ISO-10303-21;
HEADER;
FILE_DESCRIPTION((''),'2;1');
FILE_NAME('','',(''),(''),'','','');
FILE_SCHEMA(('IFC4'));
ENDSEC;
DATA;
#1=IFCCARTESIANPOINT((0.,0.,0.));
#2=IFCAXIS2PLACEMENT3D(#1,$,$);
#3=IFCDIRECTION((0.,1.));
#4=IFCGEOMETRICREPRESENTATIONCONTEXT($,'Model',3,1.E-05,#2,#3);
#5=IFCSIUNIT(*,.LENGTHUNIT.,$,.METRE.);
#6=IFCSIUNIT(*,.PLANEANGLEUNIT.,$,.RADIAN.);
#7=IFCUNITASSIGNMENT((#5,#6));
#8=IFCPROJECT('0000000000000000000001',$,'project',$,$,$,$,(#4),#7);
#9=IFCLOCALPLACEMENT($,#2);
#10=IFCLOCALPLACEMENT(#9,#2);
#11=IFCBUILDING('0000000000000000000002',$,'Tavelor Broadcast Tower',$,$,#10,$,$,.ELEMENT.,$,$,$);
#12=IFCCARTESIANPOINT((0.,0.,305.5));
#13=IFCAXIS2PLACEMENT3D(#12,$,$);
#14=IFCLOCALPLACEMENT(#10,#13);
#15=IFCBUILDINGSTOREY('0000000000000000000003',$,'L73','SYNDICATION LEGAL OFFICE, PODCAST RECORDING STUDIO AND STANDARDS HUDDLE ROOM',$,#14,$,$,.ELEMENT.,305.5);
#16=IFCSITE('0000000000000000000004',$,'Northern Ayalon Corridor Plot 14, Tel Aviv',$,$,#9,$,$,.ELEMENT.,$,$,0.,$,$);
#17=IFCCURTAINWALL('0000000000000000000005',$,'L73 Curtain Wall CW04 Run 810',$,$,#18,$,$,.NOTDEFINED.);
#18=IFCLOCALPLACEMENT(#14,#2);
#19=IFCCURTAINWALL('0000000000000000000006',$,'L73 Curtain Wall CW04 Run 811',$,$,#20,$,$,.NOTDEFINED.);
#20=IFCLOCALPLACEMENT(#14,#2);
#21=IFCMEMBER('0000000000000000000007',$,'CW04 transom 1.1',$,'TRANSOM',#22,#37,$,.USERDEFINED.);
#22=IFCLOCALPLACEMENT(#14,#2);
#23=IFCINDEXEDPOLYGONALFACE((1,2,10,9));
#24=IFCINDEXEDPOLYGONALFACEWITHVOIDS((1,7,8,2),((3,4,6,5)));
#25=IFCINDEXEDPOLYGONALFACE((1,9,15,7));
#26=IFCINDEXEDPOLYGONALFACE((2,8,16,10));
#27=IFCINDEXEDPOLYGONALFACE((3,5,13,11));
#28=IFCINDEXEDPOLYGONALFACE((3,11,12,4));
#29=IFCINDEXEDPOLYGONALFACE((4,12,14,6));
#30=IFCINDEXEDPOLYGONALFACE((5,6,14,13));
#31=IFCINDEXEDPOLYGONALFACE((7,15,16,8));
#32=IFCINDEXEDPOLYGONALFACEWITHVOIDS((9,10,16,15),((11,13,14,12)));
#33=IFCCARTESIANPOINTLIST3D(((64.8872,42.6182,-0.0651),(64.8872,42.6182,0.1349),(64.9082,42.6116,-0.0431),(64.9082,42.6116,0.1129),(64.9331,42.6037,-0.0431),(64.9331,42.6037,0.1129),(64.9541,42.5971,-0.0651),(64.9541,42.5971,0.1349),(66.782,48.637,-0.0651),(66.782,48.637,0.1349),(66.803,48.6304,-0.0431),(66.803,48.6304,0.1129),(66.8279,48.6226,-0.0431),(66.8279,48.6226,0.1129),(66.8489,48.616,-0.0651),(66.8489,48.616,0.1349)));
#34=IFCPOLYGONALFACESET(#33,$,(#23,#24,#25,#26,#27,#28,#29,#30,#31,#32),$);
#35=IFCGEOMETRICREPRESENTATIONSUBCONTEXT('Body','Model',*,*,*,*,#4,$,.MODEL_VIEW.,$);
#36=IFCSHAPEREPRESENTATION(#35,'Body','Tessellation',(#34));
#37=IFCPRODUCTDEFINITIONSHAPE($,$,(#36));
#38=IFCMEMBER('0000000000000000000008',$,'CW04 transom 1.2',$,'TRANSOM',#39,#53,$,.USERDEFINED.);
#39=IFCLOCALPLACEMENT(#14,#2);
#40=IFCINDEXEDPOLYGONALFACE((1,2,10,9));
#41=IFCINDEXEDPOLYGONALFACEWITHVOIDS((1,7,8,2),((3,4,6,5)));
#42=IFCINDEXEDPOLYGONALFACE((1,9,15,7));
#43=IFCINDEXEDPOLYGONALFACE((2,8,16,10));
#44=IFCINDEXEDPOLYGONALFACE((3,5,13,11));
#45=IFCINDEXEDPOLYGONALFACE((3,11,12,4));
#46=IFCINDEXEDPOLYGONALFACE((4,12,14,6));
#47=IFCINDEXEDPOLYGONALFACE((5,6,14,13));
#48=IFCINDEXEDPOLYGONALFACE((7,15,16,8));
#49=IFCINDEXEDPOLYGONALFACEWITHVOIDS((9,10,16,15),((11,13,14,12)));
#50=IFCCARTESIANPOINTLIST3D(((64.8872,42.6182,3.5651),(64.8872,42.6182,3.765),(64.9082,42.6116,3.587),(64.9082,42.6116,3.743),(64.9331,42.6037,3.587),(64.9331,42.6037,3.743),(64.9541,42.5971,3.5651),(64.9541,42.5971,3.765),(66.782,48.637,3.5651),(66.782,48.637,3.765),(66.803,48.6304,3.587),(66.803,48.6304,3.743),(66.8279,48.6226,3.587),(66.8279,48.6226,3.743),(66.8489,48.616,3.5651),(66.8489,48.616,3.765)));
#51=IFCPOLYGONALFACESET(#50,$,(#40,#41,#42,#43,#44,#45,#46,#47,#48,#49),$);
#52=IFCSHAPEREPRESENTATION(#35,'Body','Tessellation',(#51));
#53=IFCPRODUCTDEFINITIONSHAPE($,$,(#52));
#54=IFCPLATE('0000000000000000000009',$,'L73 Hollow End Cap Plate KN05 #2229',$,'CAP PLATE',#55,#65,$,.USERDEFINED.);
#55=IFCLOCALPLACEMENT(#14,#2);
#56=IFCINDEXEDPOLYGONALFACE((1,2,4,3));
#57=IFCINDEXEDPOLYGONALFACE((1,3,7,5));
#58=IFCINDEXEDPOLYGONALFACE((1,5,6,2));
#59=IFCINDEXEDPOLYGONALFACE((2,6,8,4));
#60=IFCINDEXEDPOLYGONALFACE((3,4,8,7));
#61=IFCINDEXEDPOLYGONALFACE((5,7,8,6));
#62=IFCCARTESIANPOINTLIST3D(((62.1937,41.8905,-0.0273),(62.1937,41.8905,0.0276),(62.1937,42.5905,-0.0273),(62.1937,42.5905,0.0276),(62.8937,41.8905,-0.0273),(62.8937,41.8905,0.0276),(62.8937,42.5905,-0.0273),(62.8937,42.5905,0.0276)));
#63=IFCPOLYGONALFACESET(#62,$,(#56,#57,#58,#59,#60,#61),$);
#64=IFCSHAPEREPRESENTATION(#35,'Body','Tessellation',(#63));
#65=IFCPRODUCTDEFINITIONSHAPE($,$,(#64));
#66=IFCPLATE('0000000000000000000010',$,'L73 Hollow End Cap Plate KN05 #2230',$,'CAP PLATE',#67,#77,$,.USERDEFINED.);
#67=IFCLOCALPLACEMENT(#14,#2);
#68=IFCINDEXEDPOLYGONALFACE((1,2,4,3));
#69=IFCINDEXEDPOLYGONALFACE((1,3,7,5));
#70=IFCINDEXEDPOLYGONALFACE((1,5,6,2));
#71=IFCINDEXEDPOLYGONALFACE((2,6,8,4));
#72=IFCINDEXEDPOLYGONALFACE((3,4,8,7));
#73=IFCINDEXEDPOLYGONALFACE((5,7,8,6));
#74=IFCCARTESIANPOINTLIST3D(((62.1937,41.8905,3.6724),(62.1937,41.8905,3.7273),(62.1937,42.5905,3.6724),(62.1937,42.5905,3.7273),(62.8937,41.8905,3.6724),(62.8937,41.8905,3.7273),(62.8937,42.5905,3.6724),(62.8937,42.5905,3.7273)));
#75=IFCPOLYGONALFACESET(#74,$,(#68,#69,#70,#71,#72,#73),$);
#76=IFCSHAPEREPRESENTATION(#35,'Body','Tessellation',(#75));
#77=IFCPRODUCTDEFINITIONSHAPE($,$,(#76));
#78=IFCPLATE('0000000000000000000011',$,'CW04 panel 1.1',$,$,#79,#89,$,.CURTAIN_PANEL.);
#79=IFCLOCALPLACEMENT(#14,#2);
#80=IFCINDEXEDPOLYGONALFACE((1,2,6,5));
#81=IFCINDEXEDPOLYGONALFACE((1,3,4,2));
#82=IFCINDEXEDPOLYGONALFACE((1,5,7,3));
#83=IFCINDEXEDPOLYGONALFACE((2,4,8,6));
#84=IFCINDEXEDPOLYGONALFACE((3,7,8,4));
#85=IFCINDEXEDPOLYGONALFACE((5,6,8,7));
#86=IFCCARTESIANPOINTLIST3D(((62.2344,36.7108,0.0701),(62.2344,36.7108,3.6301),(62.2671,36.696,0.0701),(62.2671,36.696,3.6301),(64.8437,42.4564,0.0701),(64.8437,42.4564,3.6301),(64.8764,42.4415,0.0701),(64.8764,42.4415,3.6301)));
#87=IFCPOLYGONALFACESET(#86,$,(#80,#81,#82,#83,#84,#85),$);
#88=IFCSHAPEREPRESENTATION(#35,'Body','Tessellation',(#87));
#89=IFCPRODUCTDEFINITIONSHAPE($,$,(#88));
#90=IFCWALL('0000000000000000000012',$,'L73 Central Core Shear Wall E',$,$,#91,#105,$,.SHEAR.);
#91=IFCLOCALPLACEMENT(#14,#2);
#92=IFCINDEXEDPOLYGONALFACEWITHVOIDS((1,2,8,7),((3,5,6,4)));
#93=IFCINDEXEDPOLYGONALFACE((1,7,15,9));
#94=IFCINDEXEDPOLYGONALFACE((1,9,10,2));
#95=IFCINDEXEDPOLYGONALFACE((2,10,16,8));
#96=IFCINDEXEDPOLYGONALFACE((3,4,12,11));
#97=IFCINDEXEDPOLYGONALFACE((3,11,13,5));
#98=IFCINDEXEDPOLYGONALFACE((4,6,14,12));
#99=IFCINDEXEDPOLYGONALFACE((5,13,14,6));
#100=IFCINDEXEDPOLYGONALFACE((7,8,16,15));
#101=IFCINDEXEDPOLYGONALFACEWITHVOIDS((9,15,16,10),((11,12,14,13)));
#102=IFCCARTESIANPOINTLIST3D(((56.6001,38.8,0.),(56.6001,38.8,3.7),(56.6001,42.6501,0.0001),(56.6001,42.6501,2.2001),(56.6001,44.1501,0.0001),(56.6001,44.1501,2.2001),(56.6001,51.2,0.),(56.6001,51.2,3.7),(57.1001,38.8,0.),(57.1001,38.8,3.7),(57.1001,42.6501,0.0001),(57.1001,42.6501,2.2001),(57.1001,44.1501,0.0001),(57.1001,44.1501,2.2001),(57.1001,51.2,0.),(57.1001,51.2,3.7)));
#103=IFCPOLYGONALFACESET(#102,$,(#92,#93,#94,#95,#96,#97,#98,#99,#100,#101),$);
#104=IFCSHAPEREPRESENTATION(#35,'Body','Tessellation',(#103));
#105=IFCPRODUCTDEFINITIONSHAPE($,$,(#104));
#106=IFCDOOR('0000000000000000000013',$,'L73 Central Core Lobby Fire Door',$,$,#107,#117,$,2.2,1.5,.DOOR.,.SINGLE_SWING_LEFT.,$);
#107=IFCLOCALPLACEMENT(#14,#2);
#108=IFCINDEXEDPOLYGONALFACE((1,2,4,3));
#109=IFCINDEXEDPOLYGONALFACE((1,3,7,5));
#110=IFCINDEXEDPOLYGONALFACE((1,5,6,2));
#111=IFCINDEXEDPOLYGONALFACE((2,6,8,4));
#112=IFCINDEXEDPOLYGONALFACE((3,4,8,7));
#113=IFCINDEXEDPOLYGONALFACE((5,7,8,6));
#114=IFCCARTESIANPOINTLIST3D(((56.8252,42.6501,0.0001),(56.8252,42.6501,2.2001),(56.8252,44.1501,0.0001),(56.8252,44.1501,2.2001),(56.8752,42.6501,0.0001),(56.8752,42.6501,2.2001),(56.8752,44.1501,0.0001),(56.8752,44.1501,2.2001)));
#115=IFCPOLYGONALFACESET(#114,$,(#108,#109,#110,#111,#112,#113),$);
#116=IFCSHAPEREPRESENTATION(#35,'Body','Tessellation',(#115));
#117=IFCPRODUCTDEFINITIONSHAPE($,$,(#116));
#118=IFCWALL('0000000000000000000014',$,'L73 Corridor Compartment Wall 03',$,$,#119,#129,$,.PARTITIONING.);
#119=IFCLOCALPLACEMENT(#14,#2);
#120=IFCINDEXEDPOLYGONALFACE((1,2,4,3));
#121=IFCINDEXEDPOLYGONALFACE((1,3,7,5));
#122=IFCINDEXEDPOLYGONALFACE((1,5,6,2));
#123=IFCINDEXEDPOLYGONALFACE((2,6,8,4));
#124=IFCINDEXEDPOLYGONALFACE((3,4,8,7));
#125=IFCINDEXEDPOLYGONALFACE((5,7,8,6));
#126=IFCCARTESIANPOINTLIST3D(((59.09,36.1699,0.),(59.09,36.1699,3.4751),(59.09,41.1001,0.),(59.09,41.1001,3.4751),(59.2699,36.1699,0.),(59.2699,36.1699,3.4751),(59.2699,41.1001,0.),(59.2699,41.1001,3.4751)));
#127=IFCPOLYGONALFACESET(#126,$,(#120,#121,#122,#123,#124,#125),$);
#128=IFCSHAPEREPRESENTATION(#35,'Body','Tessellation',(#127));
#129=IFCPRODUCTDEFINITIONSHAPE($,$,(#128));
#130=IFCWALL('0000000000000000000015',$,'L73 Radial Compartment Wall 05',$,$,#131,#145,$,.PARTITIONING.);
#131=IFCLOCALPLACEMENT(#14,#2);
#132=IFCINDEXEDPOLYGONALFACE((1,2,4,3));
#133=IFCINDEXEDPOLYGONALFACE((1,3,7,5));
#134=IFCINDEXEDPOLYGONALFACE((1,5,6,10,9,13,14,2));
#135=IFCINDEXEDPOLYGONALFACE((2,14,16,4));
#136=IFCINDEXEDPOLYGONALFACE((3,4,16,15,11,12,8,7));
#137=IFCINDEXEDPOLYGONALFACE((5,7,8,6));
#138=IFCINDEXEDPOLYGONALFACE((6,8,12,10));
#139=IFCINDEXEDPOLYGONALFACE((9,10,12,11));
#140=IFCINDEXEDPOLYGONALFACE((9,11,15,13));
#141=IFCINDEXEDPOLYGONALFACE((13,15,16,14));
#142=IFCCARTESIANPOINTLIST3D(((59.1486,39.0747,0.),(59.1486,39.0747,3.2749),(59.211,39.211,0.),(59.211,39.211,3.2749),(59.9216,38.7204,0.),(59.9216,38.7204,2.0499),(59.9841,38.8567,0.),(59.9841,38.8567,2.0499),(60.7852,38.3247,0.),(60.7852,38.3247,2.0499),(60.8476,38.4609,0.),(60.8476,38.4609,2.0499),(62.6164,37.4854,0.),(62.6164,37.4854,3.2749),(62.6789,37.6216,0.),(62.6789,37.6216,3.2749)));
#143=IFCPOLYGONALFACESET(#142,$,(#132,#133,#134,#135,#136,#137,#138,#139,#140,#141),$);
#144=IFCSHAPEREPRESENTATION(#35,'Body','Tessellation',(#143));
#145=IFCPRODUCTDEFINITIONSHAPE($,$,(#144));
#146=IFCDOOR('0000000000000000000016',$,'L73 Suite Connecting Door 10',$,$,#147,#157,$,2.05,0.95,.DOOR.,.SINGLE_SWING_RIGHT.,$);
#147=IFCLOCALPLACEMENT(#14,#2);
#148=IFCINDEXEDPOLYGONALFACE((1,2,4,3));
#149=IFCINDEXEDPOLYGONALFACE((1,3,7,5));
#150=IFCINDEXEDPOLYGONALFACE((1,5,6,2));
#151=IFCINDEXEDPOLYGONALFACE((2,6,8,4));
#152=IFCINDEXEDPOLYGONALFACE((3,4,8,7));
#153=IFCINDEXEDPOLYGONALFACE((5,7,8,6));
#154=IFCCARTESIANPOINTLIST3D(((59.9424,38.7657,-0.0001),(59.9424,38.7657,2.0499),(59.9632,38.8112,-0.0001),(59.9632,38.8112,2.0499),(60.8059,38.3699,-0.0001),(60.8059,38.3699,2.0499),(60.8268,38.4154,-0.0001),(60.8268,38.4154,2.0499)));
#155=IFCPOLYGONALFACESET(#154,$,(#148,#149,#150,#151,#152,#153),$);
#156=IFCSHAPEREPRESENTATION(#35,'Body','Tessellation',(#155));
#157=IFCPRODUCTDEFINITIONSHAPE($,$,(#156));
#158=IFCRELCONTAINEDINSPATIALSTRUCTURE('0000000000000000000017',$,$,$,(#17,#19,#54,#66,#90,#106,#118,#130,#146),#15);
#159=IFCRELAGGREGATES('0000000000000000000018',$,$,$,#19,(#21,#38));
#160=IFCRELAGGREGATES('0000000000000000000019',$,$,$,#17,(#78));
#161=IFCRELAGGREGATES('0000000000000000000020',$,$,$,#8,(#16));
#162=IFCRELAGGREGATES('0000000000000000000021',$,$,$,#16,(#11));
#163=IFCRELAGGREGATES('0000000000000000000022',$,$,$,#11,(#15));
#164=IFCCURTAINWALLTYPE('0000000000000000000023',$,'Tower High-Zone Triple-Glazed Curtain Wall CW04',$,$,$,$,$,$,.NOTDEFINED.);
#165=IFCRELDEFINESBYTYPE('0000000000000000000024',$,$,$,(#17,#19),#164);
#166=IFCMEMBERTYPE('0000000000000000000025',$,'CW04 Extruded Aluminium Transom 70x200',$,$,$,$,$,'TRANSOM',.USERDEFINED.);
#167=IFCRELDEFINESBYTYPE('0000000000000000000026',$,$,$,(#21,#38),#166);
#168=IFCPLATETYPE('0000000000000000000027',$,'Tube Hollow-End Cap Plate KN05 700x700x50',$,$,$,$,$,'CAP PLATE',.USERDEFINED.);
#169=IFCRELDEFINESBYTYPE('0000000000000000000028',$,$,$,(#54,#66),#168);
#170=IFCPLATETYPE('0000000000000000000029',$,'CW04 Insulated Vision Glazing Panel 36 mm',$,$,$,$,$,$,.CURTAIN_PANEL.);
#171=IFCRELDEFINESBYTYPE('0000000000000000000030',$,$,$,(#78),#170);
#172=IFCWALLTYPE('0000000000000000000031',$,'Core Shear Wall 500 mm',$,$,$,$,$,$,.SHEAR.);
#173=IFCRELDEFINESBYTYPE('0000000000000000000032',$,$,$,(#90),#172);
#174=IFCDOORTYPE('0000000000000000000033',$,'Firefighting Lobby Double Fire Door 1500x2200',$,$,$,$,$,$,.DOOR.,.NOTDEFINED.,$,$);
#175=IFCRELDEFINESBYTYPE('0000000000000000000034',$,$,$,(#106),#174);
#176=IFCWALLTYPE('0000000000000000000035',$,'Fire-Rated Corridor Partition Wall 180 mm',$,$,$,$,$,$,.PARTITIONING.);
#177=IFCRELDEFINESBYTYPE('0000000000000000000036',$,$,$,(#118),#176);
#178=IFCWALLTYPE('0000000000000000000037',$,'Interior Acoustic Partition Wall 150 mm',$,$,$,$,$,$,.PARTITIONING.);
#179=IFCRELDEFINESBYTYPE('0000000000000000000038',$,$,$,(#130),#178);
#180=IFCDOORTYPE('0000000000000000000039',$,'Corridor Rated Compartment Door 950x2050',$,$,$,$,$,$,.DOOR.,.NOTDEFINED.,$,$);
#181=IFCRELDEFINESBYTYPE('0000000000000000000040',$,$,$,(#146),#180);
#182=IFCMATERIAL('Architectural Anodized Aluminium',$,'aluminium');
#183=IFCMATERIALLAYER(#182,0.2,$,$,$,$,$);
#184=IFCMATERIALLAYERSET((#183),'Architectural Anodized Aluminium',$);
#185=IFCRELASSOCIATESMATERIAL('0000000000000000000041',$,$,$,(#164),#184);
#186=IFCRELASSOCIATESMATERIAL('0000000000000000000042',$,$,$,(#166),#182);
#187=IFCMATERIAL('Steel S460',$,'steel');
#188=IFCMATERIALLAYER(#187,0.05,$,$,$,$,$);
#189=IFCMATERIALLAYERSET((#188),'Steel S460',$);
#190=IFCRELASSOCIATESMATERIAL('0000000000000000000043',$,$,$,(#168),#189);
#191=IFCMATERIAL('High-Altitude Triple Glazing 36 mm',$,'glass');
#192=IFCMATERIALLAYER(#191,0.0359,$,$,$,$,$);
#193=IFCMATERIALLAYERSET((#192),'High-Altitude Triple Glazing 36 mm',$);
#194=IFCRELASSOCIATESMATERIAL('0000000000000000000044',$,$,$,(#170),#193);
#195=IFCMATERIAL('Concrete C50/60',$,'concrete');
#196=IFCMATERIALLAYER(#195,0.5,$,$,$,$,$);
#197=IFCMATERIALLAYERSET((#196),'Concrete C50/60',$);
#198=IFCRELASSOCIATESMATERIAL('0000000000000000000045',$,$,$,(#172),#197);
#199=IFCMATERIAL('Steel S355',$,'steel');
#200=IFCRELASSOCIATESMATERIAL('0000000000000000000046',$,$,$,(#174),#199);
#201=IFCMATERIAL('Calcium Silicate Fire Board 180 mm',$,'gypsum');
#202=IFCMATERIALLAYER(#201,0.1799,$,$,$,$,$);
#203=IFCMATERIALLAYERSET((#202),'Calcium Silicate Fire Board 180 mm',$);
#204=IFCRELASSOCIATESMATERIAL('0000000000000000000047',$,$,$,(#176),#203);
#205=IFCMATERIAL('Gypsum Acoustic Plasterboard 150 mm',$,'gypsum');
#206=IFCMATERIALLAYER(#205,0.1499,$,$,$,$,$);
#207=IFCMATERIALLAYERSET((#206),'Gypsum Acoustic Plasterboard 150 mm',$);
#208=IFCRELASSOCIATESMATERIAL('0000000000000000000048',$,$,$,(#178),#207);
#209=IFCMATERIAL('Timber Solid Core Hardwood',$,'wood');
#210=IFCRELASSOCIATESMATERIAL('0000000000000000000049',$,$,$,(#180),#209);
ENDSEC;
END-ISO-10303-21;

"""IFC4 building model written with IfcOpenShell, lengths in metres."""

from ifc_helpers import new_model, si_unit, direction, frame, frame_2d, origin, origin_2d, place, context, subcontext, project, spatial, rectangle, hollow_rectangle, extrude, source, transform, mapped, material, layer, layer_set, material_profile, profile_set, type_object, type_shapes, element, fill, aggregate, save


model = new_model("IFC4")

# Units and contexts
model_context = context("Model", 3, precision=1e-05, world=origin(), true_north=direction((0.0, 1.0)))
body_context = subcontext(model_context, "Body", "Model", "MODEL_VIEW")
ifc_project = project(units=[si_unit("LENGTHUNIT", "METRE"), si_unit("PLANEANGLEUNIT", "RADIAN")], contexts=[model_context])

# Site, building, storey
site_placement = place(None, origin())
site = spatial("IfcSite", under=ifc_project, at=site_placement, Name="Northern Ayalon Corridor Plot 14, Tel Aviv", CompositionType="ELEMENT", RefElevation=0.0)
building_placement = place(site_placement, origin())
building = spatial("IfcBuilding", under=site, at=building_placement, Name="Tavelor Broadcast Tower", CompositionType="ELEMENT")
storey_placement = place(building_placement, frame((0.0, 0.0, 305.5)))
storey = spatial("IfcBuildingStorey", under=building, at=storey_placement, Name="L73", Description="SYNDICATION LEGAL OFFICE, PODCAST RECORDING STUDIO AND STANDARDS HUDDLE ROOM", CompositionType="ELEMENT", Elevation=305.5)

# Shared definitions
ifc_material_1 = material(Name="Concrete C50/60", Category="concrete")
ifc_material_2 = material(Name="Steel S460", Category="steel")

# Shared definitions
ifc_material_3 = material(Name="Steel S355", Category="steel")

# Curtain wall
ifc_material_4 = material(Name="Architectural Anodized Aluminium", Category="aluminium")
ifc_layer_1 = layer(ifc_material_4, 0.2)
ifc_layer_set_1 = layer_set([ifc_layer_1], Name="Architectural Anodized Aluminium")
curtain_wall_type = type_object("IfcCurtainWallType", Name="Tower High-Zone Triple-Glazed Curtain Wall CW04", PredefinedType="NOTDEFINED", material=ifc_layer_set_1)
curtain_wall_1_placement = place(storey_placement, origin())
curtain_wall_1 = element("IfcCurtainWall", 1, at=curtain_wall_1_placement, inside=storey, type_object=curtain_wall_type, Name="L73 Curtain Wall CW04 Run 810", PredefinedType="NOTDEFINED")

# Curtain wall, members
curtain_wall_2_placement = place(storey_placement, origin())
curtain_wall_2 = element("IfcCurtainWall", 2, at=curtain_wall_2_placement, inside=storey, type_object=curtain_wall_type, Name="L73 Curtain Wall CW04 Run 811", PredefinedType="NOTDEFINED")
ifc_material_profile_1 = material_profile(ifc_material_4, hollow_rectangle(XDim=0.0701, YDim=0.2, WallThickness=0.022, at=origin_2d()), Name="RHS 70x200x22")
ifc_profile_set_1 = profile_set([ifc_material_profile_1], Name="Architectural Anodized Aluminium")
member_type_1 = type_object("IfcMemberType", Name="CW04 Extruded Aluminium Transom 70x200", ElementType="TRANSOM", PredefinedType="USERDEFINED", material=ifc_profile_set_1)
shared_shape_1 = source(origin(), body_context, "Body", "SweptSolid", [
    extrude(hollow_rectangle(XDim=0.0701, YDim=0.2, WallThickness=0.022, at=origin_2d()), origin(), (0.0, 0.0, 1.0), 6.3101),
])
type_shapes(member_type_1, [shared_shape_1])
member_1_placement = place(storey_placement, frame((64.9207, 42.6077, 0.0349), z_axis=(0.300281, 0.953851, 0.0), x_axis=(-0.953851, 0.300281, 0.0)))
member_1 = element("IfcMember", 3, at=member_1_placement, type_object=member_type_1, Name="CW04 transom 1.1", ObjectType="TRANSOM", PredefinedType="USERDEFINED", context=body_context, shape_type="MappedRepresentation", body=[
    mapped(shared_shape_1, transform((0.0, 0.0, 0.0), scale=1.0)),
])
member_2_placement = place(storey_placement, frame((64.9207, 42.6077, 3.665), z_axis=(0.300281, 0.953851, 0.0), x_axis=(-0.953851, 0.300281, 0.0)))
member_2 = element("IfcMember", 4, at=member_2_placement, type_object=member_type_1, Name="CW04 transom 1.2", ObjectType="TRANSOM", PredefinedType="USERDEFINED", context=body_context, shape_type="MappedRepresentation", body=[
    mapped(shared_shape_1, transform((0.0, 0.0, 0.0), scale=1.0)),
])
aggregate(curtain_wall_2, [member_1, member_2])

# Plates
ifc_layer_2 = layer(ifc_material_2, 0.05)
ifc_layer_set_2 = layer_set([ifc_layer_2], Name="Steel S460")
plate_type_1 = type_object("IfcPlateType", Name="Tube Hollow-End Cap Plate KN05 700x700x50", ElementType="CAP PLATE", PredefinedType="USERDEFINED", material=ifc_layer_set_2)
shared_shape_2 = source(origin(), body_context, "Body", "SweptSolid", [
    extrude(rectangle(XDim=0.7, YDim=0.7, at=origin_2d()), origin(), (0.0, 0.0, 1.0), 0.0549),
])
type_shapes(plate_type_1, [shared_shape_2])
for number, where, z_axis, x_axis, name in (
    (5, (62.5437, 42.2405, -0.0273), (0.0, 0.0, 1.0), (1.0, 0.0, 0.0), "L73 Hollow End Cap Plate KN05 #2229"),
    (6, (62.5437, 42.2405, 3.6724), (0.0, 0.0, 1.0), (1.0, 0.0, 0.0), "L73 Hollow End Cap Plate KN05 #2230"),
):
    element("IfcPlate", number, at=place(storey_placement, frame(where, z_axis=z_axis, x_axis=x_axis)), inside=storey, type_object=plate_type_1, Name=name, ObjectType="CAP PLATE", PredefinedType="USERDEFINED", context=body_context, shape_type="MappedRepresentation", body=[
        mapped(shared_shape_2, transform((0.0, 0.0, 0.0), scale=1.0)),
    ])

# Plate
ifc_material_5 = material(Name="High-Altitude Triple Glazing 36 mm", Category="glass")
ifc_layer_3 = layer(ifc_material_5, 0.0359)
ifc_layer_set_3 = layer_set([ifc_layer_3], Name="High-Altitude Triple Glazing 36 mm")
plate_type_2 = type_object("IfcPlateType", Name="CW04 Insulated Vision Glazing Panel 36 mm", PredefinedType="CURTAIN_PANEL", material=ifc_layer_set_3)
shared_shape_3 = source(origin(), body_context, "Body", "SweptSolid", [
    extrude(rectangle(XDim=6.3103, YDim=0.0359, at=origin_2d()), origin(), (0.0, 0.0, 1.0), 3.5601),
])
type_shapes(plate_type_2, [shared_shape_3])
plate_placement = place(storey_placement, frame((63.5554, 39.5762, 0.0701), z_axis=(0.0, 0.0, 1.0), x_axis=(0.413496, 0.910506, 0.0)))
plate = element("IfcPlate", 7, at=plate_placement, type_object=plate_type_2, Name="CW04 panel 1.1", PredefinedType="CURTAIN_PANEL", context=body_context, shape_type="MappedRepresentation", body=[
    mapped(shared_shape_3, transform((0.0, 0.0, 0.0), scale=1.0)),
])
aggregate(curtain_wall_1, [plate])

# Wall, opening, door
ifc_layer_4 = layer(ifc_material_1, 0.5)
ifc_layer_set_4 = layer_set([ifc_layer_4], Name="Concrete C50/60")
wall_type_1 = type_object("IfcWallType", Name="Core Shear Wall 500 mm", PredefinedType="SHEAR", material=ifc_layer_set_4)
wall_1_placement = place(storey_placement, frame((56.8501, 38.8, 0.0), z_axis=(0.0, 0.0, 1.0), x_axis=(0.0, 1.0, 0.0)))
wall_1 = element("IfcWall", 8, at=wall_1_placement, inside=storey, type_object=wall_type_1, Name="L73 Central Core Shear Wall E", PredefinedType="SHEAR", context=body_context, shape_type="SweptSolid", body=[
    extrude(rectangle(XDim=12.3999, YDim=0.5, at=frame_2d((6.2, 0.0))), origin(), (0.0, 0.0, 1.0), 3.7),
])
opening_1_placement = place(wall_1_placement, frame((3.8501, 0.0, 0.0)))
opening_1 = element("IfcOpeningElement", 9, at=opening_1_placement, cuts=wall_1, PredefinedType="OPENING", context=body_context, shape_type="SweptSolid", body=[
    extrude(rectangle(XDim=1.5, YDim=2.2, at=frame_2d((0.75, 1.1001))), frame((0.0, 0.26, 0.0), z_axis=(0.0, -1.0, 0.0), x_axis=(1.0, 0.0, 0.0)), (0.0, 0.0, 1.0), 0.52),
])
door_type_1 = type_object("IfcDoorType", Name="Firefighting Lobby Double Fire Door 1500x2200", OperationType="NOTDEFINED", PredefinedType="DOOR", material=ifc_material_3)
door_1_placement = place(opening_1_placement, origin())
door_1 = element("IfcDoor", 10, at=door_1_placement, inside=storey, type_object=door_type_1, Name="L73 Central Core Lobby Fire Door", OperationType="SINGLE_SWING_LEFT", OverallHeight=2.2, OverallWidth=1.5, PredefinedType="DOOR", context=body_context, shape_type="SweptSolid", body=[
    extrude(rectangle(XDim=1.5, YDim=2.2, at=frame_2d((0.75, 1.1001))), frame((0.0, 0.0249, 0.0), z_axis=(0.0, -1.0, 0.0), x_axis=(1.0, 0.0, 0.0)), (0.0, 0.0, 1.0), 0.05),
])
fill(opening_1, door_1)

# Wall
ifc_material_6 = material(Name="Calcium Silicate Fire Board 180 mm", Category="gypsum")
ifc_layer_5 = layer(ifc_material_6, 0.1799)
ifc_layer_set_5 = layer_set([ifc_layer_5], Name="Calcium Silicate Fire Board 180 mm")
wall_type_2 = type_object("IfcWallType", Name="Fire-Rated Corridor Partition Wall 180 mm", PredefinedType="PARTITIONING", material=ifc_layer_set_5)
wall_2_placement = place(storey_placement, frame((59.1799, 41.1001, 0.0), z_axis=(0.0, 0.0, 1.0), x_axis=(0.0, -1.0, 0.0)))
element("IfcWall", 11, at=wall_2_placement, inside=storey, type_object=wall_type_2, Name="L73 Corridor Compartment Wall 03", PredefinedType="PARTITIONING", context=body_context, shape_type="SweptSolid", body=[
    extrude(rectangle(XDim=4.9302, YDim=0.1799, at=frame_2d((2.4651, 0.0))), origin(), (0.0, 0.0, 1.0), 3.4751),
])

# Wall, opening, door
ifc_material_7 = material(Name="Gypsum Acoustic Plasterboard 150 mm", Category="gypsum")
ifc_layer_6 = layer(ifc_material_7, 0.1499)
ifc_layer_set_6 = layer_set([ifc_layer_6], Name="Gypsum Acoustic Plasterboard 150 mm")
wall_type_3 = type_object("IfcWallType", Name="Interior Acoustic Partition Wall 150 mm", PredefinedType="PARTITIONING", material=ifc_layer_set_6)
wall_3_placement = place(storey_placement, frame((59.1799, 39.1428, 0.0), z_axis=(0.0, 0.0, 1.0), x_axis=(0.909069, -0.416646, 0.0)))
wall_3 = element("IfcWall", 12, at=wall_3_placement, inside=storey, type_object=wall_type_3, Name="L73 Radial Compartment Wall 05", PredefinedType="PARTITIONING", context=body_context, shape_type="SweptSolid", body=[
    extrude(rectangle(XDim=3.8147, YDim=0.1499, at=frame_2d((1.9072, 0.0))), origin(), (0.0, 0.0, 1.0), 3.2749),
])
opening_2_placement = place(wall_3_placement, frame((0.8501, 0.0, 0.0)))
opening_2 = element("IfcOpeningElement", 13, at=opening_2_placement, cuts=wall_3, PredefinedType="OPENING", context=body_context, shape_type="SweptSolid", body=[
    extrude(rectangle(XDim=0.95, YDim=2.05, at=frame_2d((0.4751, 1.0249))), frame((0.0, 0.085, 0.0), z_axis=(0.0, -1.0, 0.0), x_axis=(1.0, 0.0, 0.0)), (0.0, 0.0, 1.0), 0.1699),
])
ifc_material_8 = material(Name="Timber Solid Core Hardwood", Category="wood")
door_type_2 = type_object("IfcDoorType", Name="Corridor Rated Compartment Door 950x2050", OperationType="NOTDEFINED", PredefinedType="DOOR", material=ifc_material_8)
door_2_placement = place(opening_2_placement, origin())
door_2 = element("IfcDoor", 14, at=door_2_placement, inside=storey, type_object=door_type_2, Name="L73 Suite Connecting Door 10", OperationType="SINGLE_SWING_RIGHT", OverallHeight=2.05, OverallWidth=0.95, PredefinedType="DOOR", context=body_context, shape_type="SweptSolid", body=[
    extrude(rectangle(XDim=0.95, YDim=2.05, at=frame_2d((0.4751, 1.0249))), frame((0.0, 0.0249, 0.0), z_axis=(0.0, -1.0, 0.0), x_axis=(1.0, 0.0, 0.0)), (0.0, 0.0, 1.0), 0.05),
])
fill(opening_2, door_2)

save(model, "model.ifc")
